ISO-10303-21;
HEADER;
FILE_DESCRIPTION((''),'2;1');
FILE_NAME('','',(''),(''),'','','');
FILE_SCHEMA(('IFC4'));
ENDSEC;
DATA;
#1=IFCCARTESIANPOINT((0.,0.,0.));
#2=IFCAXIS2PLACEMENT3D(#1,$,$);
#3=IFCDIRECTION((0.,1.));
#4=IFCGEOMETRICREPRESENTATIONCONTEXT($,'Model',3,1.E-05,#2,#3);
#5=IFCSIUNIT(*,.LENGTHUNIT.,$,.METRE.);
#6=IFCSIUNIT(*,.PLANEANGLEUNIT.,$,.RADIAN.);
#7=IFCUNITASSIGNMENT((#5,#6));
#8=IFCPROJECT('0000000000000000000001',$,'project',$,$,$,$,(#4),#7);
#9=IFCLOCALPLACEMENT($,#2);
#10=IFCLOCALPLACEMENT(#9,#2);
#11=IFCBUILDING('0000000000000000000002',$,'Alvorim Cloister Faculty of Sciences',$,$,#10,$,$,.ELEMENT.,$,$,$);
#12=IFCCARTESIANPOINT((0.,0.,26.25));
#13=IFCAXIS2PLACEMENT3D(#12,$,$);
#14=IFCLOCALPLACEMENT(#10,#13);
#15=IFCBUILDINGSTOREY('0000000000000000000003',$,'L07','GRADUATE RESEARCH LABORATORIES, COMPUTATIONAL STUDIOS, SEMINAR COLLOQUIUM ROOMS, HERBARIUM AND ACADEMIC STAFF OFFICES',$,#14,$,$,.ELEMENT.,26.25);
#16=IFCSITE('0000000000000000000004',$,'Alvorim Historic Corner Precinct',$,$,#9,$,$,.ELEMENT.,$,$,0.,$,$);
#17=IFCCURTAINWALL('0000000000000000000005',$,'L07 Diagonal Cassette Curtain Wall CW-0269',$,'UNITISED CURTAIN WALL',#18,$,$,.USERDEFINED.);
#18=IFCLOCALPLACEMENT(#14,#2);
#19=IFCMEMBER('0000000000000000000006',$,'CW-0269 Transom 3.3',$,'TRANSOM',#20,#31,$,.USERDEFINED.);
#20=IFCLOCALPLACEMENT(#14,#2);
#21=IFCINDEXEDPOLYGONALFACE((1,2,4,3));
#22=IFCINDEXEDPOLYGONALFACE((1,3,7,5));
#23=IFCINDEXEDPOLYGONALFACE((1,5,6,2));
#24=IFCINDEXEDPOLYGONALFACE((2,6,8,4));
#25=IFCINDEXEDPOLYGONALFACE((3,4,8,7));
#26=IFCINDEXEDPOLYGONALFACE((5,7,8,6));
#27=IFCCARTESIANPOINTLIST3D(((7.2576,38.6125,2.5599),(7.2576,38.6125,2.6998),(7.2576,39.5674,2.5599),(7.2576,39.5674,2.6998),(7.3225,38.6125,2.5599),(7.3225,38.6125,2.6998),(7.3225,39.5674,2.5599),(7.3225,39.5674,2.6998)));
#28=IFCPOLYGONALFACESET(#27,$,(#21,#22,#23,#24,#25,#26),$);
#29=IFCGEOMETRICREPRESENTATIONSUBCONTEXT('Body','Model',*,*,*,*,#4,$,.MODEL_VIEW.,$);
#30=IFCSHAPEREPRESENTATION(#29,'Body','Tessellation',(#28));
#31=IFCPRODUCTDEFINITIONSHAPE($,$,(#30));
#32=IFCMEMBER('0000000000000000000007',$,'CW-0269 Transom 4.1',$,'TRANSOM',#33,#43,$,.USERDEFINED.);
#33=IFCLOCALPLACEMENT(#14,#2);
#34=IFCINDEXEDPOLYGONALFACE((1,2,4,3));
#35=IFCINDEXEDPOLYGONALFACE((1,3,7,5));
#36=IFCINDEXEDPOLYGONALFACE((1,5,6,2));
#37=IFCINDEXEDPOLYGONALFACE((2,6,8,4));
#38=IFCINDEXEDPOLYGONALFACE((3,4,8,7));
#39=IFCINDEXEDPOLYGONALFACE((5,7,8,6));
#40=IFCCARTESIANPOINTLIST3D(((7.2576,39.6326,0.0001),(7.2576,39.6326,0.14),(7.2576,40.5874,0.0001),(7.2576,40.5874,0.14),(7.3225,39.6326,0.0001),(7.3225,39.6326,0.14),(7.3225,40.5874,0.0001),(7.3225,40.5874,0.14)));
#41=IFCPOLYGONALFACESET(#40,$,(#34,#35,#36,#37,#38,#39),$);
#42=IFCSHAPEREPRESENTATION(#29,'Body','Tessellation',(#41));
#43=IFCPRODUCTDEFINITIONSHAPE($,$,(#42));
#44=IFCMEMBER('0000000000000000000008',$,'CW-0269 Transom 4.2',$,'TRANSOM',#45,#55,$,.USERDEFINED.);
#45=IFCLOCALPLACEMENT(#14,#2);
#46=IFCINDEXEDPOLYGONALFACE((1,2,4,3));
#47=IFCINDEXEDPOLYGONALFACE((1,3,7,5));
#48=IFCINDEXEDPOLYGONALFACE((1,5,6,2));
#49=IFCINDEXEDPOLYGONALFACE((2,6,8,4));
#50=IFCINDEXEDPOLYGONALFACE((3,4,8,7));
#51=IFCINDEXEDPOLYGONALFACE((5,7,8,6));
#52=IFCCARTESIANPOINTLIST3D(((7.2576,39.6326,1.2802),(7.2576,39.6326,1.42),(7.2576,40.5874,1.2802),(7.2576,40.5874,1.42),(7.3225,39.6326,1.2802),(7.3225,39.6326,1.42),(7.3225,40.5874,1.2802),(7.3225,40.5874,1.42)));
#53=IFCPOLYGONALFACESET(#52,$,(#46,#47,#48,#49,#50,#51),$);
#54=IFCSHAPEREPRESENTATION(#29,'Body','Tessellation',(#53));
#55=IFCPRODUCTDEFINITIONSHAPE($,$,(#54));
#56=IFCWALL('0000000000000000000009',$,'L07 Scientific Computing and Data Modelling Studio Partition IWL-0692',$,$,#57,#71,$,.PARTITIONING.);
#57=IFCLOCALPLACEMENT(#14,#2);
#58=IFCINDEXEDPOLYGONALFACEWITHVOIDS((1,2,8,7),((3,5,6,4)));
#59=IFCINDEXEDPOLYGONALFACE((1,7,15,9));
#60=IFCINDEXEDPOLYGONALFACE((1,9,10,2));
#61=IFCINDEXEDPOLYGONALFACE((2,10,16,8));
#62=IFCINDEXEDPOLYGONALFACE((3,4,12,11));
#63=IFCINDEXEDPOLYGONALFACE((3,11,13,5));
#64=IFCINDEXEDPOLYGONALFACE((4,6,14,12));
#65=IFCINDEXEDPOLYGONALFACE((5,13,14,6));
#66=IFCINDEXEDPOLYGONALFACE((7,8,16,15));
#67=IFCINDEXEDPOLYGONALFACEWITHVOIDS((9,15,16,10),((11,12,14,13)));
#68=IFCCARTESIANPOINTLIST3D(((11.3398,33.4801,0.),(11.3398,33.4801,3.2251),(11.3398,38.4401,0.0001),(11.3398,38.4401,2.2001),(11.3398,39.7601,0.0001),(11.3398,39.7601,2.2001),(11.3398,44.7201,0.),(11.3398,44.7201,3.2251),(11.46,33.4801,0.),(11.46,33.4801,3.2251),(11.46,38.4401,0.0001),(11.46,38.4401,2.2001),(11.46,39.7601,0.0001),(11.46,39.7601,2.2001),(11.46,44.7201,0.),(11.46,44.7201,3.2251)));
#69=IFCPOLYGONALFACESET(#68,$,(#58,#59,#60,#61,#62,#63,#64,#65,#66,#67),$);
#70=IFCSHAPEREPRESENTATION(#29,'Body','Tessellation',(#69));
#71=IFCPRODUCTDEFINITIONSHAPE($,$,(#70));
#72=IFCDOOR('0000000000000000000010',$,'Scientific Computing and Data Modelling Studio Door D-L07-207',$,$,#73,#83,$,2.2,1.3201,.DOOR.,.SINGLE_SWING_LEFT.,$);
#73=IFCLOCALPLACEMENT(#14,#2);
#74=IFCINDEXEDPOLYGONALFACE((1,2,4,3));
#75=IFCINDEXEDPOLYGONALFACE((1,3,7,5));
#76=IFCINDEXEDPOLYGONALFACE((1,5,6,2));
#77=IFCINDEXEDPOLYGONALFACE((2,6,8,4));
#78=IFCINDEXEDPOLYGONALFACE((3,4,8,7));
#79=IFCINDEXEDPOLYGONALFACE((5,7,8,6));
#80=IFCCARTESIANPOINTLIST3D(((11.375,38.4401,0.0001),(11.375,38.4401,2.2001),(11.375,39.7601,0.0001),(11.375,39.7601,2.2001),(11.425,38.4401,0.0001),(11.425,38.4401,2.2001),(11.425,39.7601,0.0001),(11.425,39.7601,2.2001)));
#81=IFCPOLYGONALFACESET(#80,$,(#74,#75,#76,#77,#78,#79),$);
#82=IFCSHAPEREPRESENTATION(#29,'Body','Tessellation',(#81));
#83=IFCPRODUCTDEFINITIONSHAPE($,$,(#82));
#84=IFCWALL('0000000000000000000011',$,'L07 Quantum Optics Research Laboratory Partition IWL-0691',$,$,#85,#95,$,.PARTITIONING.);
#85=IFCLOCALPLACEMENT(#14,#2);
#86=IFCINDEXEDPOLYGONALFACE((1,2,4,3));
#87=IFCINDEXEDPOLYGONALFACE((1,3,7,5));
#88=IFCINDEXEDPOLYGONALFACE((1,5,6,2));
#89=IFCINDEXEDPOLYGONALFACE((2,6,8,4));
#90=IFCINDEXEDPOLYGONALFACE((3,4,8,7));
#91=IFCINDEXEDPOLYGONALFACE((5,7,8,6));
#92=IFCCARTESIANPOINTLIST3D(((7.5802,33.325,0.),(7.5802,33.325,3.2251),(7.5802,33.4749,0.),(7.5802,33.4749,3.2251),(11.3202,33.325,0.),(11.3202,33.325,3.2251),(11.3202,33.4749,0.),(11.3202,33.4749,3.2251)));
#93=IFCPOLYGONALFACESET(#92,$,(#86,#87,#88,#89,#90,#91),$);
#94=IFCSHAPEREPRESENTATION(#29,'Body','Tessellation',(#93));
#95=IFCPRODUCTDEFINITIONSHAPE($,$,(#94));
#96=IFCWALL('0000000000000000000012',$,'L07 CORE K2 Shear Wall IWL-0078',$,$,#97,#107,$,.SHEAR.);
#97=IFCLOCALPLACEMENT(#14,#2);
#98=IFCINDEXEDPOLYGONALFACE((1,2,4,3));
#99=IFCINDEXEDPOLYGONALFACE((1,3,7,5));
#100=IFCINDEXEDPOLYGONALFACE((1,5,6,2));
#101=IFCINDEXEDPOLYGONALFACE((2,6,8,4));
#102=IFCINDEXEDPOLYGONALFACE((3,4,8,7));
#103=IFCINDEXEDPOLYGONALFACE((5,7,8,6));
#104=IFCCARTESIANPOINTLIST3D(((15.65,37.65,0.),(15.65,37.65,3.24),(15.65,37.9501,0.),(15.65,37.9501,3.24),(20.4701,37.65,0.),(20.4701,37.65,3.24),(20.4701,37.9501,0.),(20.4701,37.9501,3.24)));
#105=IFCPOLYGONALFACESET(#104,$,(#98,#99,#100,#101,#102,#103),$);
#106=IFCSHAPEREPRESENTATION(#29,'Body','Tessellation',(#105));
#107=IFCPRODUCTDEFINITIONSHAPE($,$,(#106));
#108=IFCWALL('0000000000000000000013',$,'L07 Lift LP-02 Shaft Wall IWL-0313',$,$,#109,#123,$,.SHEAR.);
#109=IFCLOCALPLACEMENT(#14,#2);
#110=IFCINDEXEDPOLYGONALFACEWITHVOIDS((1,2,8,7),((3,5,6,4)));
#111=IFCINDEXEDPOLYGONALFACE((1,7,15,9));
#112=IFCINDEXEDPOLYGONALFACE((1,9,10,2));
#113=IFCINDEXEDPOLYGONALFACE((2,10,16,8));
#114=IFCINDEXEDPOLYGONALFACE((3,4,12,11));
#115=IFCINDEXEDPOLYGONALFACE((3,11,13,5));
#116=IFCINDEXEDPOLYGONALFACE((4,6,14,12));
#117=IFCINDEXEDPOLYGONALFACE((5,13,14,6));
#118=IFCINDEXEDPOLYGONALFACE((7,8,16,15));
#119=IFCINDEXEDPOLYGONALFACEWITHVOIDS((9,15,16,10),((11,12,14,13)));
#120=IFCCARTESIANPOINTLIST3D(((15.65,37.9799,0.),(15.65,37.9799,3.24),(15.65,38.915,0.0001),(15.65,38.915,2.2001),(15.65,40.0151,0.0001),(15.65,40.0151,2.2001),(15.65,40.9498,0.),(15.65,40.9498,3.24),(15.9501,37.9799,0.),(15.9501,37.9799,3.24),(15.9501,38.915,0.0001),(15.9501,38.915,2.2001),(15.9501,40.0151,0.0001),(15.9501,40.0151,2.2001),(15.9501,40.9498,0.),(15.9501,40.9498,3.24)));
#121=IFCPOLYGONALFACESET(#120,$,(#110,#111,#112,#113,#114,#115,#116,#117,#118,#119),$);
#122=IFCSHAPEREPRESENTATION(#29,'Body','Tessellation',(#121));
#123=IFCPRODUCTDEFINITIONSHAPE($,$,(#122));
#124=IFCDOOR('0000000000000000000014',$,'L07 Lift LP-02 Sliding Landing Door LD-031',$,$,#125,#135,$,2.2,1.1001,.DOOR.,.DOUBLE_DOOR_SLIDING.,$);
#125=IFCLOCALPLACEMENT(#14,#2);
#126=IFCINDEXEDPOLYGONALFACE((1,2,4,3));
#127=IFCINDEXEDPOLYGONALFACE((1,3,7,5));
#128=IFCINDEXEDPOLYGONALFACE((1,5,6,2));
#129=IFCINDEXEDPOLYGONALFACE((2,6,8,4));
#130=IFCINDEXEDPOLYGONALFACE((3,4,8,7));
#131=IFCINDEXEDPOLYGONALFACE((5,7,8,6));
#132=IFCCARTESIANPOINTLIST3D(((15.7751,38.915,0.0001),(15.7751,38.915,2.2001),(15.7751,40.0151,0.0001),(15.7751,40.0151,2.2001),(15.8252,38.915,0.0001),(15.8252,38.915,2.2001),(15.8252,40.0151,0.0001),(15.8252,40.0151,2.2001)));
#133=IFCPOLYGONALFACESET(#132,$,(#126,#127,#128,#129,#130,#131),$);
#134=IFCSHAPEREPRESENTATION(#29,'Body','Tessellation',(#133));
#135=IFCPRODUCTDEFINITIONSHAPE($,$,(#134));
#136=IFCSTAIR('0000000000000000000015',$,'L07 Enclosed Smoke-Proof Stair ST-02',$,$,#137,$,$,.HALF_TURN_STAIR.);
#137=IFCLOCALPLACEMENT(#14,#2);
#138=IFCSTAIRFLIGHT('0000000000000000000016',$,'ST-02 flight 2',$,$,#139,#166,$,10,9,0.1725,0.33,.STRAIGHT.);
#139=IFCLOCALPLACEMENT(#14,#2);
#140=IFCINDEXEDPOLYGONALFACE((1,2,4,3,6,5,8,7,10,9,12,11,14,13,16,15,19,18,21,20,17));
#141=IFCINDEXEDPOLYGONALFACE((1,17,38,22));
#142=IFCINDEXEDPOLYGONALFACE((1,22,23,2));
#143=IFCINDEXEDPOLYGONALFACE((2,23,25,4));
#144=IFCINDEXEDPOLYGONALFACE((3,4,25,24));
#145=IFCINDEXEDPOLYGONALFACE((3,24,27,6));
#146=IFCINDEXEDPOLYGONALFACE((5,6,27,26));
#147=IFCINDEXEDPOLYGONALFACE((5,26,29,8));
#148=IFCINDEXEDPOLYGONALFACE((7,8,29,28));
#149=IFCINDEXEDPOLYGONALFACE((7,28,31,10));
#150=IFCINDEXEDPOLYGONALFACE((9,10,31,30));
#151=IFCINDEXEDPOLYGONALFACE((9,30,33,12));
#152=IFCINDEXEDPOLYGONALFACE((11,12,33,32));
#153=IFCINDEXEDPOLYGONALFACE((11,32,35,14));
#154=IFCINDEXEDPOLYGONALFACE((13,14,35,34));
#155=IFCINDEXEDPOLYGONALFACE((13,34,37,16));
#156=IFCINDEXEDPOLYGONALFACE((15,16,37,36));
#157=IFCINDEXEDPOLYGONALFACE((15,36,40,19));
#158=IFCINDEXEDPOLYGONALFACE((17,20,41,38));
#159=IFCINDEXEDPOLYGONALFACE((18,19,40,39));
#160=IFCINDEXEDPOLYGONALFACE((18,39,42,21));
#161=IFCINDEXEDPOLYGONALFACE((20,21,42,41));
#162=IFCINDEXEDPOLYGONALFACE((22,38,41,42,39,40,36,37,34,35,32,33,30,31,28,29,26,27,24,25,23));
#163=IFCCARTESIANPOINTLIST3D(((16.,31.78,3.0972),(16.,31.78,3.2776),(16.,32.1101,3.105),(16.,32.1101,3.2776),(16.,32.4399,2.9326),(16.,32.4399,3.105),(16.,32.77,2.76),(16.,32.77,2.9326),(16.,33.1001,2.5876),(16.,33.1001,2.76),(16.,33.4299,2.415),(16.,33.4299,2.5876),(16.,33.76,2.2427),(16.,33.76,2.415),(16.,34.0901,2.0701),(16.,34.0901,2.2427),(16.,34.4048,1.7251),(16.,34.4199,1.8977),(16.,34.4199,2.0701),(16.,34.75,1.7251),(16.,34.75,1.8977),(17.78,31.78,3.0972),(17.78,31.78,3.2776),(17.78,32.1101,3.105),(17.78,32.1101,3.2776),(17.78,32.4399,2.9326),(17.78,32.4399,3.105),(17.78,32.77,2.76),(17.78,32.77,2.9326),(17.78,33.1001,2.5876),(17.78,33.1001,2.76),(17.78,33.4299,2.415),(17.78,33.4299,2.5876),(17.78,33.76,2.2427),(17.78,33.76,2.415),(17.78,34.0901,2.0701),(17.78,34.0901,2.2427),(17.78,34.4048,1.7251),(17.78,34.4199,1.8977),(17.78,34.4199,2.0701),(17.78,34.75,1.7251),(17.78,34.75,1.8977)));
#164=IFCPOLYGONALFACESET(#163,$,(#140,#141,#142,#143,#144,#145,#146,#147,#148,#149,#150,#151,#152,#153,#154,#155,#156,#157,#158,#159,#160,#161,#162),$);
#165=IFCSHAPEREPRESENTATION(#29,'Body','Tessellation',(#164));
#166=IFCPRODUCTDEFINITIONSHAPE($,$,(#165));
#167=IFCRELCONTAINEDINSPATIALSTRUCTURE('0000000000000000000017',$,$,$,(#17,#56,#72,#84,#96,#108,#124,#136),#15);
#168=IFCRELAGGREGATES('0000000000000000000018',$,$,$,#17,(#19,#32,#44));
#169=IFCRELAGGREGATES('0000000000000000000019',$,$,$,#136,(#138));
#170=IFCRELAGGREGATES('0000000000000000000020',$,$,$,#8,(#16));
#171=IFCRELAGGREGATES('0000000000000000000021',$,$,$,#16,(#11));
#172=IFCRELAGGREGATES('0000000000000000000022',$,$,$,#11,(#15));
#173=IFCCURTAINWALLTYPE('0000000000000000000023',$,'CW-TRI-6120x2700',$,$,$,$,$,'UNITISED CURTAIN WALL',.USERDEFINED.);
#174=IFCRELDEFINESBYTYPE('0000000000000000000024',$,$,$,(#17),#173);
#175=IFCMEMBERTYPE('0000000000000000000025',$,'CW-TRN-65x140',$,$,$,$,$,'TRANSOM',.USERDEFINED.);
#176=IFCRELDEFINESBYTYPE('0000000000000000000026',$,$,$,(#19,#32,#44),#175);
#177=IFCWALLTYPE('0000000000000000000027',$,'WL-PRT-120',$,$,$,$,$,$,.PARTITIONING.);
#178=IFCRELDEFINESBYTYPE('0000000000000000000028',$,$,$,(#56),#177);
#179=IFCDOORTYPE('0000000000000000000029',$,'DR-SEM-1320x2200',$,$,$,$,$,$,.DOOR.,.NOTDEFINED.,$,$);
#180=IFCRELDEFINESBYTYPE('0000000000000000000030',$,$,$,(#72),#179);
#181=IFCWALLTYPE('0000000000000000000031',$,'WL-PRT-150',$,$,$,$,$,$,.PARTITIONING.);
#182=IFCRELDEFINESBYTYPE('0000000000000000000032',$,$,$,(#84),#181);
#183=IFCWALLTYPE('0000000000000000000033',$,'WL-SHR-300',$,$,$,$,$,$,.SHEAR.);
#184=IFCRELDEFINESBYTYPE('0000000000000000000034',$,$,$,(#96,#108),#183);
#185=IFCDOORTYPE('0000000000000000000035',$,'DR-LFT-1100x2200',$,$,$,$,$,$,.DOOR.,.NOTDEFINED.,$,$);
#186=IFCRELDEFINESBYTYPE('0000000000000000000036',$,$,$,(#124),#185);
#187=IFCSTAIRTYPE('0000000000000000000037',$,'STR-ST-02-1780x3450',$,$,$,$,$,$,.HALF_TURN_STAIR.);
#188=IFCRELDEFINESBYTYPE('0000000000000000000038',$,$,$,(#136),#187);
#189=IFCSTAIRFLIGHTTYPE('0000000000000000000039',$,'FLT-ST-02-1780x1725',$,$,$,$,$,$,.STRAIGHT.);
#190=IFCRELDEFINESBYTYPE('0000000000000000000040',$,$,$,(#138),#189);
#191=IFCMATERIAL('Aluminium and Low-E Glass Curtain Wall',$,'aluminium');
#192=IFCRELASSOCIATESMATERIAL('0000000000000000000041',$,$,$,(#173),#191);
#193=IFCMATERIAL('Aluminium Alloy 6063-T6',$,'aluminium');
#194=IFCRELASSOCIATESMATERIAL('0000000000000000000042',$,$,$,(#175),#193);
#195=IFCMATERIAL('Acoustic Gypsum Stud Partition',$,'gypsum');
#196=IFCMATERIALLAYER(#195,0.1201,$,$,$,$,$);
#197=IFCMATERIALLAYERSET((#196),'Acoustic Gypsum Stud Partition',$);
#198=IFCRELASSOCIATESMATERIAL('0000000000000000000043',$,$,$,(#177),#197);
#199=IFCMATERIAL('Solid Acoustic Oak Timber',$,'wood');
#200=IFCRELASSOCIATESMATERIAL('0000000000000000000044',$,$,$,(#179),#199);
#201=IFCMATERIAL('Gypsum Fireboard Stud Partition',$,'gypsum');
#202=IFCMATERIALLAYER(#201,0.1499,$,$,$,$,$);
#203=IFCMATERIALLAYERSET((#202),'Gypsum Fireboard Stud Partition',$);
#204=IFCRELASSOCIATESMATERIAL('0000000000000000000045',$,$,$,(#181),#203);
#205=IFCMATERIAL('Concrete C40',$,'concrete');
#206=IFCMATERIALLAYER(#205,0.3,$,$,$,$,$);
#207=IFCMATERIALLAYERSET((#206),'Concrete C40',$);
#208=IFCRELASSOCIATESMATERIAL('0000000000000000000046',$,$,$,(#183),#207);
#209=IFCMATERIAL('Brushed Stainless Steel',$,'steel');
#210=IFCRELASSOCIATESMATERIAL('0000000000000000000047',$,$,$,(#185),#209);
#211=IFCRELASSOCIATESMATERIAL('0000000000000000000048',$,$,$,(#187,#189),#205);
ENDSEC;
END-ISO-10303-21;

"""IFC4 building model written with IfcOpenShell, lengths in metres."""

from ifc_helpers import new_model, si_unit, direction, frame, frame_2d, origin, origin_2d, place, context, subcontext, project, spatial, polyline, rectangle, outline, extrude, material, layer, layer_set, material_profile, profile_set, type_object, element, fill, aggregate, save


model = new_model("IFC4")

# Units and contexts
model_context = context("Model", 3, precision=1e-05, world=origin(), true_north=direction((0.0, 1.0)))
body_context = subcontext(model_context, "Body", "Model", "MODEL_VIEW")
ifc_project = project(units=[si_unit("LENGTHUNIT", "METRE"), si_unit("PLANEANGLEUNIT", "RADIAN")], contexts=[model_context])

# Site, building, storey
site_placement = place(None, origin())
site = spatial("IfcSite", under=ifc_project, at=site_placement, Name="Alvorim Historic Corner Precinct", CompositionType="ELEMENT", RefElevation=0.0)
building_placement = place(site_placement, origin())
building = spatial("IfcBuilding", under=site, at=building_placement, Name="Alvorim Cloister Faculty of Sciences", CompositionType="ELEMENT")
storey_placement = place(building_placement, frame((0.0, 0.0, 26.25)))
storey = spatial("IfcBuildingStorey", under=building, at=storey_placement, Name="L07", Description="GRADUATE RESEARCH LABORATORIES, COMPUTATIONAL STUDIOS, SEMINAR COLLOQUIUM ROOMS, HERBARIUM AND ACADEMIC STAFF OFFICES", CompositionType="ELEMENT", Elevation=26.25)

# Curtain wall, members
ifc_material_1 = material(Name="Aluminium and Low-E Glass Curtain Wall", Category="aluminium")
curtain_wall_type = type_object("IfcCurtainWallType", Name="CW-TRI-6120x2700", ElementType="UNITISED CURTAIN WALL", PredefinedType="USERDEFINED", material=ifc_material_1)
curtain_wall_placement = place(storey_placement, origin())
curtain_wall = element("IfcCurtainWall", 1, at=curtain_wall_placement, inside=storey, type_object=curtain_wall_type, Name="L07 Diagonal Cassette Curtain Wall CW-0269", ObjectType="UNITISED CURTAIN WALL", PredefinedType="USERDEFINED")
ifc_material_2 = material(Name="Aluminium Alloy 6063-T6", Category="aluminium")
ifc_material_profile_1 = material_profile(ifc_material_2, rectangle(XDim=0.0649, YDim=0.1399, at=origin_2d()), Name="ALU-TRN-65x140")
ifc_profile_set_1 = profile_set([ifc_material_profile_1], Name="Aluminium Alloy 6063-T6")
member_type_1 = type_object("IfcMemberType", Name="CW-TRN-65x140", ElementType="TRANSOM", PredefinedType="USERDEFINED", material=ifc_profile_set_1)
member_1_placement = place(storey_placement, frame((7.29, 38.6125, 2.6299), z_axis=(0.0, 1.0, 0.0), x_axis=(-1.0, 0.0, 0.0)))
member_1 = element("IfcMember", 2, at=member_1_placement, type_object=member_type_1, Name="CW-0269 Transom 3.3", ObjectType="TRANSOM", PredefinedType="USERDEFINED", context=body_context, shape_type="SweptSolid", body=[
    extrude(rectangle(XDim=0.0649, YDim=0.1399, at=origin_2d()), origin(), (0.0, 0.0, 1.0), 0.9548),
])
member_2_placement = place(storey_placement, frame((7.29, 39.6326, 0.0701), z_axis=(0.0, 1.0, 0.0), x_axis=(-1.0, 0.0, 0.0)))
member_2 = element("IfcMember", 3, at=member_2_placement, type_object=member_type_1, Name="CW-0269 Transom 4.1", ObjectType="TRANSOM", PredefinedType="USERDEFINED", context=body_context, shape_type="SweptSolid", body=[
    extrude(rectangle(XDim=0.0649, YDim=0.1399, at=origin_2d()), origin(), (0.0, 0.0, 1.0), 0.9548),
])
member_3_placement = place(storey_placement, frame((7.29, 39.6326, 1.3501), z_axis=(0.0, 1.0, 0.0), x_axis=(-1.0, 0.0, 0.0)))
member_3 = element("IfcMember", 4, at=member_3_placement, type_object=member_type_1, Name="CW-0269 Transom 4.2", ObjectType="TRANSOM", PredefinedType="USERDEFINED", context=body_context, shape_type="SweptSolid", body=[
    extrude(rectangle(XDim=0.0649, YDim=0.1399, at=origin_2d()), origin(), (0.0, 0.0, 1.0), 0.9548),
])
aggregate(curtain_wall, [member_1, member_2, member_3])

# Wall, opening, door
ifc_material_3 = material(Name="Acoustic Gypsum Stud Partition", Category="gypsum")
ifc_layer_1 = layer(ifc_material_3, 0.1201)
ifc_layer_set_1 = layer_set([ifc_layer_1], Name="Acoustic Gypsum Stud Partition")
wall_type_1 = type_object("IfcWallType", Name="WL-PRT-120", PredefinedType="PARTITIONING", material=ifc_layer_set_1)
wall_1_placement = place(storey_placement, frame((11.3999, 33.48, 0.0), z_axis=(0.0, 0.0, 1.0), x_axis=(0.0, 1.0, 0.0)))
wall_1 = element("IfcWall", 5, at=wall_1_placement, inside=storey, type_object=wall_type_1, Name="L07 Scientific Computing and Data Modelling Studio Partition IWL-0692", PredefinedType="PARTITIONING", context=body_context, shape_type="SweptSolid", body=[
    extrude(rectangle(XDim=11.24, YDim=0.1201, at=frame_2d((5.6201, 0.0))), origin(), (0.0, 0.0, 1.0), 3.2251),
])
opening_1_placement = place(wall_1_placement, frame((4.96, 0.0, 0.0)))
opening_1 = element("IfcOpeningElement", 6, at=opening_1_placement, cuts=wall_1, PredefinedType="OPENING", context=body_context, shape_type="SweptSolid", body=[
    extrude(rectangle(XDim=1.3201, YDim=2.2, at=frame_2d((0.6602, 1.1001))), frame((0.0, 0.072, 0.0), z_axis=(0.0, -1.0, 0.0), x_axis=(1.0, 0.0, 0.0)), (0.0, 0.0, 1.0), 0.144),
])
ifc_material_4 = material(Name="Solid Acoustic Oak Timber", Category="wood")
door_type_1 = type_object("IfcDoorType", Name="DR-SEM-1320x2200", OperationType="NOTDEFINED", PredefinedType="DOOR", material=ifc_material_4)
door_1_placement = place(opening_1_placement, origin())
door_1 = element("IfcDoor", 7, at=door_1_placement, inside=storey, type_object=door_type_1, Name="Scientific Computing and Data Modelling Studio Door D-L07-207", OperationType="SINGLE_SWING_LEFT", OverallHeight=2.2, OverallWidth=1.3201, PredefinedType="DOOR", context=body_context, shape_type="SweptSolid", body=[
    extrude(rectangle(XDim=1.3201, YDim=2.2, at=frame_2d((0.6602, 1.1001))), frame((0.0, 0.0249, 0.0), z_axis=(0.0, -1.0, 0.0), x_axis=(1.0, 0.0, 0.0)), (0.0, 0.0, 1.0), 0.05),
])
fill(opening_1, door_1)

# Walls
ifc_material_5 = material(Name="Gypsum Fireboard Stud Partition", Category="gypsum")
ifc_layer_2 = layer(ifc_material_5, 0.1499)
ifc_layer_set_2 = layer_set([ifc_layer_2], Name="Gypsum Fireboard Stud Partition")
wall_type_2 = type_object("IfcWallType", Name="WL-PRT-150", PredefinedType="PARTITIONING", material=ifc_layer_set_2)
wall_2_placement = place(storey_placement, frame((7.5801, 33.3999, 0.0), z_axis=(0.0, 0.0, 1.0), x_axis=(1.0, 0.0, 0.0)))
element("IfcWall", 8, at=wall_2_placement, inside=storey, type_object=wall_type_2, Name="L07 Quantum Optics Research Laboratory Partition IWL-0691", PredefinedType="PARTITIONING", context=body_context, shape_type="SweptSolid", body=[
    extrude(rectangle(XDim=3.74, YDim=0.1499, at=frame_2d((1.8701, 0.0))), origin(), (0.0, 0.0, 1.0), 3.2251),
])
ifc_material_6 = material(Name="Concrete C40", Category="concrete")
ifc_layer_3 = layer(ifc_material_6, 0.3)
ifc_layer_set_3 = layer_set([ifc_layer_3], Name="Concrete C40")
wall_type_3 = type_object("IfcWallType", Name="WL-SHR-300", PredefinedType="SHEAR", material=ifc_layer_set_3)
wall_3_placement = place(storey_placement, frame((15.6499, 37.8, 0.0), z_axis=(0.0, 0.0, 1.0), x_axis=(1.0, 0.0, 0.0)))
element("IfcWall", 9, at=wall_3_placement, inside=storey, type_object=wall_type_3, Name="L07 CORE K2 Shear Wall IWL-0078", PredefinedType="SHEAR", context=body_context, shape_type="SweptSolid", body=[
    extrude(rectangle(XDim=4.8201, YDim=0.3, at=frame_2d((2.4102, 0.0))), origin(), (0.0, 0.0, 1.0), 3.24),
])

# Wall, opening, door
wall_4_placement = place(storey_placement, frame((15.8, 37.98, 0.0), z_axis=(0.0, 0.0, 1.0), x_axis=(0.0, 1.0, 0.0)))
wall_4 = element("IfcWall", 10, at=wall_4_placement, inside=storey, type_object=wall_type_3, Name="L07 Lift LP-02 Shaft Wall IWL-0313", PredefinedType="SHEAR", context=body_context, shape_type="SweptSolid", body=[
    extrude(rectangle(XDim=2.97, YDim=0.3, at=frame_2d((1.4849, 0.0))), origin(), (0.0, 0.0, 1.0), 3.24),
])
opening_2_placement = place(wall_4_placement, frame((0.9351, 0.0, 0.0)))
opening_2 = element("IfcOpeningElement", 11, at=opening_2_placement, cuts=wall_4, PredefinedType="OPENING", context=body_context, shape_type="SweptSolid", body=[
    extrude(rectangle(XDim=1.1001, YDim=2.2, at=frame_2d((0.55, 1.1001))), frame((0.0, 0.1621, 0.0), z_axis=(0.0, -1.0, 0.0), x_axis=(1.0, 0.0, 0.0)), (0.0, 0.0, 1.0), 0.324),
])
ifc_material_7 = material(Name="Brushed Stainless Steel", Category="steel")
door_type_2 = type_object("IfcDoorType", Name="DR-LFT-1100x2200", OperationType="NOTDEFINED", PredefinedType="DOOR", material=ifc_material_7)
door_2_placement = place(opening_2_placement, origin())
door_2 = element("IfcDoor", 12, at=door_2_placement, inside=storey, type_object=door_type_2, Name="L07 Lift LP-02 Sliding Landing Door LD-031", OperationType="DOUBLE_DOOR_SLIDING", OverallHeight=2.2, OverallWidth=1.1001, PredefinedType="DOOR", context=body_context, shape_type="SweptSolid", body=[
    extrude(rectangle(XDim=1.1001, YDim=2.2, at=frame_2d((0.55, 1.1001))), frame((0.0, 0.0249, 0.0), z_axis=(0.0, -1.0, 0.0), x_axis=(1.0, 0.0, 0.0)), (0.0, 0.0, 1.0), 0.05),
])
fill(opening_2, door_2)

# Stair, stair flight
stair_type = type_object("IfcStairType", Name="STR-ST-02-1780x3450", PredefinedType="HALF_TURN_STAIR", material=ifc_material_6)
stair_placement = place(storey_placement, origin())
stair = element("IfcStair", 13, at=stair_placement, inside=storey, type_object=stair_type, Name="L07 Enclosed Smoke-Proof Stair ST-02", PredefinedType="HALF_TURN_STAIR")
stair_flight_type = type_object("IfcStairFlightType", Name="FLT-ST-02-1780x1725", PredefinedType="STRAIGHT", material=ifc_material_6)
stair_flight_placement = place(storey_placement, frame((16.8899, 34.75, 1.7251), z_axis=(0.0, 0.0, 1.0), x_axis=(0.0, -1.0, 0.0)))
stair_flight = element("IfcStairFlight", 14, at=stair_flight_placement, type_object=stair_flight_type, Name="ST-02 flight 2", NumberOfRisers=10, NumberOfTreads=9, PredefinedType="STRAIGHT", RiserHeight=0.1725, TreadLength=0.33, context=body_context, shape_type="SweptSolid", body=[
    extrude(outline(polyline([(0.3452, 0.0), (2.97, 1.3721), (2.97, 1.7251), (2.97, 1.5525), (2.6399, 1.5525), (2.6399, 1.3799), (2.3101, 1.3799), (2.3101, 1.2075), (1.98, 1.2075), (1.98, 1.0349), (1.6499, 1.0349), (1.6499, 0.8625), (1.3201, 0.8625), (1.3201, 0.6899), (0.99, 0.6899), (0.99, 0.5176), (0.6599, 0.5176), (0.6599, 0.345), (0.3301, 0.345), (0.3301, 0.1726), (0.0, 0.1726), (0.0, 0.0), (0.3452, 0.0)])), frame((0.0, 0.8901, 0.0), z_axis=(0.0, -1.0, 0.0), x_axis=(1.0, 0.0, 0.0)), (0.0, 0.0, 1.0), 1.78),
])
aggregate(stair, [stair_flight])

save(model, "model.ifc")
